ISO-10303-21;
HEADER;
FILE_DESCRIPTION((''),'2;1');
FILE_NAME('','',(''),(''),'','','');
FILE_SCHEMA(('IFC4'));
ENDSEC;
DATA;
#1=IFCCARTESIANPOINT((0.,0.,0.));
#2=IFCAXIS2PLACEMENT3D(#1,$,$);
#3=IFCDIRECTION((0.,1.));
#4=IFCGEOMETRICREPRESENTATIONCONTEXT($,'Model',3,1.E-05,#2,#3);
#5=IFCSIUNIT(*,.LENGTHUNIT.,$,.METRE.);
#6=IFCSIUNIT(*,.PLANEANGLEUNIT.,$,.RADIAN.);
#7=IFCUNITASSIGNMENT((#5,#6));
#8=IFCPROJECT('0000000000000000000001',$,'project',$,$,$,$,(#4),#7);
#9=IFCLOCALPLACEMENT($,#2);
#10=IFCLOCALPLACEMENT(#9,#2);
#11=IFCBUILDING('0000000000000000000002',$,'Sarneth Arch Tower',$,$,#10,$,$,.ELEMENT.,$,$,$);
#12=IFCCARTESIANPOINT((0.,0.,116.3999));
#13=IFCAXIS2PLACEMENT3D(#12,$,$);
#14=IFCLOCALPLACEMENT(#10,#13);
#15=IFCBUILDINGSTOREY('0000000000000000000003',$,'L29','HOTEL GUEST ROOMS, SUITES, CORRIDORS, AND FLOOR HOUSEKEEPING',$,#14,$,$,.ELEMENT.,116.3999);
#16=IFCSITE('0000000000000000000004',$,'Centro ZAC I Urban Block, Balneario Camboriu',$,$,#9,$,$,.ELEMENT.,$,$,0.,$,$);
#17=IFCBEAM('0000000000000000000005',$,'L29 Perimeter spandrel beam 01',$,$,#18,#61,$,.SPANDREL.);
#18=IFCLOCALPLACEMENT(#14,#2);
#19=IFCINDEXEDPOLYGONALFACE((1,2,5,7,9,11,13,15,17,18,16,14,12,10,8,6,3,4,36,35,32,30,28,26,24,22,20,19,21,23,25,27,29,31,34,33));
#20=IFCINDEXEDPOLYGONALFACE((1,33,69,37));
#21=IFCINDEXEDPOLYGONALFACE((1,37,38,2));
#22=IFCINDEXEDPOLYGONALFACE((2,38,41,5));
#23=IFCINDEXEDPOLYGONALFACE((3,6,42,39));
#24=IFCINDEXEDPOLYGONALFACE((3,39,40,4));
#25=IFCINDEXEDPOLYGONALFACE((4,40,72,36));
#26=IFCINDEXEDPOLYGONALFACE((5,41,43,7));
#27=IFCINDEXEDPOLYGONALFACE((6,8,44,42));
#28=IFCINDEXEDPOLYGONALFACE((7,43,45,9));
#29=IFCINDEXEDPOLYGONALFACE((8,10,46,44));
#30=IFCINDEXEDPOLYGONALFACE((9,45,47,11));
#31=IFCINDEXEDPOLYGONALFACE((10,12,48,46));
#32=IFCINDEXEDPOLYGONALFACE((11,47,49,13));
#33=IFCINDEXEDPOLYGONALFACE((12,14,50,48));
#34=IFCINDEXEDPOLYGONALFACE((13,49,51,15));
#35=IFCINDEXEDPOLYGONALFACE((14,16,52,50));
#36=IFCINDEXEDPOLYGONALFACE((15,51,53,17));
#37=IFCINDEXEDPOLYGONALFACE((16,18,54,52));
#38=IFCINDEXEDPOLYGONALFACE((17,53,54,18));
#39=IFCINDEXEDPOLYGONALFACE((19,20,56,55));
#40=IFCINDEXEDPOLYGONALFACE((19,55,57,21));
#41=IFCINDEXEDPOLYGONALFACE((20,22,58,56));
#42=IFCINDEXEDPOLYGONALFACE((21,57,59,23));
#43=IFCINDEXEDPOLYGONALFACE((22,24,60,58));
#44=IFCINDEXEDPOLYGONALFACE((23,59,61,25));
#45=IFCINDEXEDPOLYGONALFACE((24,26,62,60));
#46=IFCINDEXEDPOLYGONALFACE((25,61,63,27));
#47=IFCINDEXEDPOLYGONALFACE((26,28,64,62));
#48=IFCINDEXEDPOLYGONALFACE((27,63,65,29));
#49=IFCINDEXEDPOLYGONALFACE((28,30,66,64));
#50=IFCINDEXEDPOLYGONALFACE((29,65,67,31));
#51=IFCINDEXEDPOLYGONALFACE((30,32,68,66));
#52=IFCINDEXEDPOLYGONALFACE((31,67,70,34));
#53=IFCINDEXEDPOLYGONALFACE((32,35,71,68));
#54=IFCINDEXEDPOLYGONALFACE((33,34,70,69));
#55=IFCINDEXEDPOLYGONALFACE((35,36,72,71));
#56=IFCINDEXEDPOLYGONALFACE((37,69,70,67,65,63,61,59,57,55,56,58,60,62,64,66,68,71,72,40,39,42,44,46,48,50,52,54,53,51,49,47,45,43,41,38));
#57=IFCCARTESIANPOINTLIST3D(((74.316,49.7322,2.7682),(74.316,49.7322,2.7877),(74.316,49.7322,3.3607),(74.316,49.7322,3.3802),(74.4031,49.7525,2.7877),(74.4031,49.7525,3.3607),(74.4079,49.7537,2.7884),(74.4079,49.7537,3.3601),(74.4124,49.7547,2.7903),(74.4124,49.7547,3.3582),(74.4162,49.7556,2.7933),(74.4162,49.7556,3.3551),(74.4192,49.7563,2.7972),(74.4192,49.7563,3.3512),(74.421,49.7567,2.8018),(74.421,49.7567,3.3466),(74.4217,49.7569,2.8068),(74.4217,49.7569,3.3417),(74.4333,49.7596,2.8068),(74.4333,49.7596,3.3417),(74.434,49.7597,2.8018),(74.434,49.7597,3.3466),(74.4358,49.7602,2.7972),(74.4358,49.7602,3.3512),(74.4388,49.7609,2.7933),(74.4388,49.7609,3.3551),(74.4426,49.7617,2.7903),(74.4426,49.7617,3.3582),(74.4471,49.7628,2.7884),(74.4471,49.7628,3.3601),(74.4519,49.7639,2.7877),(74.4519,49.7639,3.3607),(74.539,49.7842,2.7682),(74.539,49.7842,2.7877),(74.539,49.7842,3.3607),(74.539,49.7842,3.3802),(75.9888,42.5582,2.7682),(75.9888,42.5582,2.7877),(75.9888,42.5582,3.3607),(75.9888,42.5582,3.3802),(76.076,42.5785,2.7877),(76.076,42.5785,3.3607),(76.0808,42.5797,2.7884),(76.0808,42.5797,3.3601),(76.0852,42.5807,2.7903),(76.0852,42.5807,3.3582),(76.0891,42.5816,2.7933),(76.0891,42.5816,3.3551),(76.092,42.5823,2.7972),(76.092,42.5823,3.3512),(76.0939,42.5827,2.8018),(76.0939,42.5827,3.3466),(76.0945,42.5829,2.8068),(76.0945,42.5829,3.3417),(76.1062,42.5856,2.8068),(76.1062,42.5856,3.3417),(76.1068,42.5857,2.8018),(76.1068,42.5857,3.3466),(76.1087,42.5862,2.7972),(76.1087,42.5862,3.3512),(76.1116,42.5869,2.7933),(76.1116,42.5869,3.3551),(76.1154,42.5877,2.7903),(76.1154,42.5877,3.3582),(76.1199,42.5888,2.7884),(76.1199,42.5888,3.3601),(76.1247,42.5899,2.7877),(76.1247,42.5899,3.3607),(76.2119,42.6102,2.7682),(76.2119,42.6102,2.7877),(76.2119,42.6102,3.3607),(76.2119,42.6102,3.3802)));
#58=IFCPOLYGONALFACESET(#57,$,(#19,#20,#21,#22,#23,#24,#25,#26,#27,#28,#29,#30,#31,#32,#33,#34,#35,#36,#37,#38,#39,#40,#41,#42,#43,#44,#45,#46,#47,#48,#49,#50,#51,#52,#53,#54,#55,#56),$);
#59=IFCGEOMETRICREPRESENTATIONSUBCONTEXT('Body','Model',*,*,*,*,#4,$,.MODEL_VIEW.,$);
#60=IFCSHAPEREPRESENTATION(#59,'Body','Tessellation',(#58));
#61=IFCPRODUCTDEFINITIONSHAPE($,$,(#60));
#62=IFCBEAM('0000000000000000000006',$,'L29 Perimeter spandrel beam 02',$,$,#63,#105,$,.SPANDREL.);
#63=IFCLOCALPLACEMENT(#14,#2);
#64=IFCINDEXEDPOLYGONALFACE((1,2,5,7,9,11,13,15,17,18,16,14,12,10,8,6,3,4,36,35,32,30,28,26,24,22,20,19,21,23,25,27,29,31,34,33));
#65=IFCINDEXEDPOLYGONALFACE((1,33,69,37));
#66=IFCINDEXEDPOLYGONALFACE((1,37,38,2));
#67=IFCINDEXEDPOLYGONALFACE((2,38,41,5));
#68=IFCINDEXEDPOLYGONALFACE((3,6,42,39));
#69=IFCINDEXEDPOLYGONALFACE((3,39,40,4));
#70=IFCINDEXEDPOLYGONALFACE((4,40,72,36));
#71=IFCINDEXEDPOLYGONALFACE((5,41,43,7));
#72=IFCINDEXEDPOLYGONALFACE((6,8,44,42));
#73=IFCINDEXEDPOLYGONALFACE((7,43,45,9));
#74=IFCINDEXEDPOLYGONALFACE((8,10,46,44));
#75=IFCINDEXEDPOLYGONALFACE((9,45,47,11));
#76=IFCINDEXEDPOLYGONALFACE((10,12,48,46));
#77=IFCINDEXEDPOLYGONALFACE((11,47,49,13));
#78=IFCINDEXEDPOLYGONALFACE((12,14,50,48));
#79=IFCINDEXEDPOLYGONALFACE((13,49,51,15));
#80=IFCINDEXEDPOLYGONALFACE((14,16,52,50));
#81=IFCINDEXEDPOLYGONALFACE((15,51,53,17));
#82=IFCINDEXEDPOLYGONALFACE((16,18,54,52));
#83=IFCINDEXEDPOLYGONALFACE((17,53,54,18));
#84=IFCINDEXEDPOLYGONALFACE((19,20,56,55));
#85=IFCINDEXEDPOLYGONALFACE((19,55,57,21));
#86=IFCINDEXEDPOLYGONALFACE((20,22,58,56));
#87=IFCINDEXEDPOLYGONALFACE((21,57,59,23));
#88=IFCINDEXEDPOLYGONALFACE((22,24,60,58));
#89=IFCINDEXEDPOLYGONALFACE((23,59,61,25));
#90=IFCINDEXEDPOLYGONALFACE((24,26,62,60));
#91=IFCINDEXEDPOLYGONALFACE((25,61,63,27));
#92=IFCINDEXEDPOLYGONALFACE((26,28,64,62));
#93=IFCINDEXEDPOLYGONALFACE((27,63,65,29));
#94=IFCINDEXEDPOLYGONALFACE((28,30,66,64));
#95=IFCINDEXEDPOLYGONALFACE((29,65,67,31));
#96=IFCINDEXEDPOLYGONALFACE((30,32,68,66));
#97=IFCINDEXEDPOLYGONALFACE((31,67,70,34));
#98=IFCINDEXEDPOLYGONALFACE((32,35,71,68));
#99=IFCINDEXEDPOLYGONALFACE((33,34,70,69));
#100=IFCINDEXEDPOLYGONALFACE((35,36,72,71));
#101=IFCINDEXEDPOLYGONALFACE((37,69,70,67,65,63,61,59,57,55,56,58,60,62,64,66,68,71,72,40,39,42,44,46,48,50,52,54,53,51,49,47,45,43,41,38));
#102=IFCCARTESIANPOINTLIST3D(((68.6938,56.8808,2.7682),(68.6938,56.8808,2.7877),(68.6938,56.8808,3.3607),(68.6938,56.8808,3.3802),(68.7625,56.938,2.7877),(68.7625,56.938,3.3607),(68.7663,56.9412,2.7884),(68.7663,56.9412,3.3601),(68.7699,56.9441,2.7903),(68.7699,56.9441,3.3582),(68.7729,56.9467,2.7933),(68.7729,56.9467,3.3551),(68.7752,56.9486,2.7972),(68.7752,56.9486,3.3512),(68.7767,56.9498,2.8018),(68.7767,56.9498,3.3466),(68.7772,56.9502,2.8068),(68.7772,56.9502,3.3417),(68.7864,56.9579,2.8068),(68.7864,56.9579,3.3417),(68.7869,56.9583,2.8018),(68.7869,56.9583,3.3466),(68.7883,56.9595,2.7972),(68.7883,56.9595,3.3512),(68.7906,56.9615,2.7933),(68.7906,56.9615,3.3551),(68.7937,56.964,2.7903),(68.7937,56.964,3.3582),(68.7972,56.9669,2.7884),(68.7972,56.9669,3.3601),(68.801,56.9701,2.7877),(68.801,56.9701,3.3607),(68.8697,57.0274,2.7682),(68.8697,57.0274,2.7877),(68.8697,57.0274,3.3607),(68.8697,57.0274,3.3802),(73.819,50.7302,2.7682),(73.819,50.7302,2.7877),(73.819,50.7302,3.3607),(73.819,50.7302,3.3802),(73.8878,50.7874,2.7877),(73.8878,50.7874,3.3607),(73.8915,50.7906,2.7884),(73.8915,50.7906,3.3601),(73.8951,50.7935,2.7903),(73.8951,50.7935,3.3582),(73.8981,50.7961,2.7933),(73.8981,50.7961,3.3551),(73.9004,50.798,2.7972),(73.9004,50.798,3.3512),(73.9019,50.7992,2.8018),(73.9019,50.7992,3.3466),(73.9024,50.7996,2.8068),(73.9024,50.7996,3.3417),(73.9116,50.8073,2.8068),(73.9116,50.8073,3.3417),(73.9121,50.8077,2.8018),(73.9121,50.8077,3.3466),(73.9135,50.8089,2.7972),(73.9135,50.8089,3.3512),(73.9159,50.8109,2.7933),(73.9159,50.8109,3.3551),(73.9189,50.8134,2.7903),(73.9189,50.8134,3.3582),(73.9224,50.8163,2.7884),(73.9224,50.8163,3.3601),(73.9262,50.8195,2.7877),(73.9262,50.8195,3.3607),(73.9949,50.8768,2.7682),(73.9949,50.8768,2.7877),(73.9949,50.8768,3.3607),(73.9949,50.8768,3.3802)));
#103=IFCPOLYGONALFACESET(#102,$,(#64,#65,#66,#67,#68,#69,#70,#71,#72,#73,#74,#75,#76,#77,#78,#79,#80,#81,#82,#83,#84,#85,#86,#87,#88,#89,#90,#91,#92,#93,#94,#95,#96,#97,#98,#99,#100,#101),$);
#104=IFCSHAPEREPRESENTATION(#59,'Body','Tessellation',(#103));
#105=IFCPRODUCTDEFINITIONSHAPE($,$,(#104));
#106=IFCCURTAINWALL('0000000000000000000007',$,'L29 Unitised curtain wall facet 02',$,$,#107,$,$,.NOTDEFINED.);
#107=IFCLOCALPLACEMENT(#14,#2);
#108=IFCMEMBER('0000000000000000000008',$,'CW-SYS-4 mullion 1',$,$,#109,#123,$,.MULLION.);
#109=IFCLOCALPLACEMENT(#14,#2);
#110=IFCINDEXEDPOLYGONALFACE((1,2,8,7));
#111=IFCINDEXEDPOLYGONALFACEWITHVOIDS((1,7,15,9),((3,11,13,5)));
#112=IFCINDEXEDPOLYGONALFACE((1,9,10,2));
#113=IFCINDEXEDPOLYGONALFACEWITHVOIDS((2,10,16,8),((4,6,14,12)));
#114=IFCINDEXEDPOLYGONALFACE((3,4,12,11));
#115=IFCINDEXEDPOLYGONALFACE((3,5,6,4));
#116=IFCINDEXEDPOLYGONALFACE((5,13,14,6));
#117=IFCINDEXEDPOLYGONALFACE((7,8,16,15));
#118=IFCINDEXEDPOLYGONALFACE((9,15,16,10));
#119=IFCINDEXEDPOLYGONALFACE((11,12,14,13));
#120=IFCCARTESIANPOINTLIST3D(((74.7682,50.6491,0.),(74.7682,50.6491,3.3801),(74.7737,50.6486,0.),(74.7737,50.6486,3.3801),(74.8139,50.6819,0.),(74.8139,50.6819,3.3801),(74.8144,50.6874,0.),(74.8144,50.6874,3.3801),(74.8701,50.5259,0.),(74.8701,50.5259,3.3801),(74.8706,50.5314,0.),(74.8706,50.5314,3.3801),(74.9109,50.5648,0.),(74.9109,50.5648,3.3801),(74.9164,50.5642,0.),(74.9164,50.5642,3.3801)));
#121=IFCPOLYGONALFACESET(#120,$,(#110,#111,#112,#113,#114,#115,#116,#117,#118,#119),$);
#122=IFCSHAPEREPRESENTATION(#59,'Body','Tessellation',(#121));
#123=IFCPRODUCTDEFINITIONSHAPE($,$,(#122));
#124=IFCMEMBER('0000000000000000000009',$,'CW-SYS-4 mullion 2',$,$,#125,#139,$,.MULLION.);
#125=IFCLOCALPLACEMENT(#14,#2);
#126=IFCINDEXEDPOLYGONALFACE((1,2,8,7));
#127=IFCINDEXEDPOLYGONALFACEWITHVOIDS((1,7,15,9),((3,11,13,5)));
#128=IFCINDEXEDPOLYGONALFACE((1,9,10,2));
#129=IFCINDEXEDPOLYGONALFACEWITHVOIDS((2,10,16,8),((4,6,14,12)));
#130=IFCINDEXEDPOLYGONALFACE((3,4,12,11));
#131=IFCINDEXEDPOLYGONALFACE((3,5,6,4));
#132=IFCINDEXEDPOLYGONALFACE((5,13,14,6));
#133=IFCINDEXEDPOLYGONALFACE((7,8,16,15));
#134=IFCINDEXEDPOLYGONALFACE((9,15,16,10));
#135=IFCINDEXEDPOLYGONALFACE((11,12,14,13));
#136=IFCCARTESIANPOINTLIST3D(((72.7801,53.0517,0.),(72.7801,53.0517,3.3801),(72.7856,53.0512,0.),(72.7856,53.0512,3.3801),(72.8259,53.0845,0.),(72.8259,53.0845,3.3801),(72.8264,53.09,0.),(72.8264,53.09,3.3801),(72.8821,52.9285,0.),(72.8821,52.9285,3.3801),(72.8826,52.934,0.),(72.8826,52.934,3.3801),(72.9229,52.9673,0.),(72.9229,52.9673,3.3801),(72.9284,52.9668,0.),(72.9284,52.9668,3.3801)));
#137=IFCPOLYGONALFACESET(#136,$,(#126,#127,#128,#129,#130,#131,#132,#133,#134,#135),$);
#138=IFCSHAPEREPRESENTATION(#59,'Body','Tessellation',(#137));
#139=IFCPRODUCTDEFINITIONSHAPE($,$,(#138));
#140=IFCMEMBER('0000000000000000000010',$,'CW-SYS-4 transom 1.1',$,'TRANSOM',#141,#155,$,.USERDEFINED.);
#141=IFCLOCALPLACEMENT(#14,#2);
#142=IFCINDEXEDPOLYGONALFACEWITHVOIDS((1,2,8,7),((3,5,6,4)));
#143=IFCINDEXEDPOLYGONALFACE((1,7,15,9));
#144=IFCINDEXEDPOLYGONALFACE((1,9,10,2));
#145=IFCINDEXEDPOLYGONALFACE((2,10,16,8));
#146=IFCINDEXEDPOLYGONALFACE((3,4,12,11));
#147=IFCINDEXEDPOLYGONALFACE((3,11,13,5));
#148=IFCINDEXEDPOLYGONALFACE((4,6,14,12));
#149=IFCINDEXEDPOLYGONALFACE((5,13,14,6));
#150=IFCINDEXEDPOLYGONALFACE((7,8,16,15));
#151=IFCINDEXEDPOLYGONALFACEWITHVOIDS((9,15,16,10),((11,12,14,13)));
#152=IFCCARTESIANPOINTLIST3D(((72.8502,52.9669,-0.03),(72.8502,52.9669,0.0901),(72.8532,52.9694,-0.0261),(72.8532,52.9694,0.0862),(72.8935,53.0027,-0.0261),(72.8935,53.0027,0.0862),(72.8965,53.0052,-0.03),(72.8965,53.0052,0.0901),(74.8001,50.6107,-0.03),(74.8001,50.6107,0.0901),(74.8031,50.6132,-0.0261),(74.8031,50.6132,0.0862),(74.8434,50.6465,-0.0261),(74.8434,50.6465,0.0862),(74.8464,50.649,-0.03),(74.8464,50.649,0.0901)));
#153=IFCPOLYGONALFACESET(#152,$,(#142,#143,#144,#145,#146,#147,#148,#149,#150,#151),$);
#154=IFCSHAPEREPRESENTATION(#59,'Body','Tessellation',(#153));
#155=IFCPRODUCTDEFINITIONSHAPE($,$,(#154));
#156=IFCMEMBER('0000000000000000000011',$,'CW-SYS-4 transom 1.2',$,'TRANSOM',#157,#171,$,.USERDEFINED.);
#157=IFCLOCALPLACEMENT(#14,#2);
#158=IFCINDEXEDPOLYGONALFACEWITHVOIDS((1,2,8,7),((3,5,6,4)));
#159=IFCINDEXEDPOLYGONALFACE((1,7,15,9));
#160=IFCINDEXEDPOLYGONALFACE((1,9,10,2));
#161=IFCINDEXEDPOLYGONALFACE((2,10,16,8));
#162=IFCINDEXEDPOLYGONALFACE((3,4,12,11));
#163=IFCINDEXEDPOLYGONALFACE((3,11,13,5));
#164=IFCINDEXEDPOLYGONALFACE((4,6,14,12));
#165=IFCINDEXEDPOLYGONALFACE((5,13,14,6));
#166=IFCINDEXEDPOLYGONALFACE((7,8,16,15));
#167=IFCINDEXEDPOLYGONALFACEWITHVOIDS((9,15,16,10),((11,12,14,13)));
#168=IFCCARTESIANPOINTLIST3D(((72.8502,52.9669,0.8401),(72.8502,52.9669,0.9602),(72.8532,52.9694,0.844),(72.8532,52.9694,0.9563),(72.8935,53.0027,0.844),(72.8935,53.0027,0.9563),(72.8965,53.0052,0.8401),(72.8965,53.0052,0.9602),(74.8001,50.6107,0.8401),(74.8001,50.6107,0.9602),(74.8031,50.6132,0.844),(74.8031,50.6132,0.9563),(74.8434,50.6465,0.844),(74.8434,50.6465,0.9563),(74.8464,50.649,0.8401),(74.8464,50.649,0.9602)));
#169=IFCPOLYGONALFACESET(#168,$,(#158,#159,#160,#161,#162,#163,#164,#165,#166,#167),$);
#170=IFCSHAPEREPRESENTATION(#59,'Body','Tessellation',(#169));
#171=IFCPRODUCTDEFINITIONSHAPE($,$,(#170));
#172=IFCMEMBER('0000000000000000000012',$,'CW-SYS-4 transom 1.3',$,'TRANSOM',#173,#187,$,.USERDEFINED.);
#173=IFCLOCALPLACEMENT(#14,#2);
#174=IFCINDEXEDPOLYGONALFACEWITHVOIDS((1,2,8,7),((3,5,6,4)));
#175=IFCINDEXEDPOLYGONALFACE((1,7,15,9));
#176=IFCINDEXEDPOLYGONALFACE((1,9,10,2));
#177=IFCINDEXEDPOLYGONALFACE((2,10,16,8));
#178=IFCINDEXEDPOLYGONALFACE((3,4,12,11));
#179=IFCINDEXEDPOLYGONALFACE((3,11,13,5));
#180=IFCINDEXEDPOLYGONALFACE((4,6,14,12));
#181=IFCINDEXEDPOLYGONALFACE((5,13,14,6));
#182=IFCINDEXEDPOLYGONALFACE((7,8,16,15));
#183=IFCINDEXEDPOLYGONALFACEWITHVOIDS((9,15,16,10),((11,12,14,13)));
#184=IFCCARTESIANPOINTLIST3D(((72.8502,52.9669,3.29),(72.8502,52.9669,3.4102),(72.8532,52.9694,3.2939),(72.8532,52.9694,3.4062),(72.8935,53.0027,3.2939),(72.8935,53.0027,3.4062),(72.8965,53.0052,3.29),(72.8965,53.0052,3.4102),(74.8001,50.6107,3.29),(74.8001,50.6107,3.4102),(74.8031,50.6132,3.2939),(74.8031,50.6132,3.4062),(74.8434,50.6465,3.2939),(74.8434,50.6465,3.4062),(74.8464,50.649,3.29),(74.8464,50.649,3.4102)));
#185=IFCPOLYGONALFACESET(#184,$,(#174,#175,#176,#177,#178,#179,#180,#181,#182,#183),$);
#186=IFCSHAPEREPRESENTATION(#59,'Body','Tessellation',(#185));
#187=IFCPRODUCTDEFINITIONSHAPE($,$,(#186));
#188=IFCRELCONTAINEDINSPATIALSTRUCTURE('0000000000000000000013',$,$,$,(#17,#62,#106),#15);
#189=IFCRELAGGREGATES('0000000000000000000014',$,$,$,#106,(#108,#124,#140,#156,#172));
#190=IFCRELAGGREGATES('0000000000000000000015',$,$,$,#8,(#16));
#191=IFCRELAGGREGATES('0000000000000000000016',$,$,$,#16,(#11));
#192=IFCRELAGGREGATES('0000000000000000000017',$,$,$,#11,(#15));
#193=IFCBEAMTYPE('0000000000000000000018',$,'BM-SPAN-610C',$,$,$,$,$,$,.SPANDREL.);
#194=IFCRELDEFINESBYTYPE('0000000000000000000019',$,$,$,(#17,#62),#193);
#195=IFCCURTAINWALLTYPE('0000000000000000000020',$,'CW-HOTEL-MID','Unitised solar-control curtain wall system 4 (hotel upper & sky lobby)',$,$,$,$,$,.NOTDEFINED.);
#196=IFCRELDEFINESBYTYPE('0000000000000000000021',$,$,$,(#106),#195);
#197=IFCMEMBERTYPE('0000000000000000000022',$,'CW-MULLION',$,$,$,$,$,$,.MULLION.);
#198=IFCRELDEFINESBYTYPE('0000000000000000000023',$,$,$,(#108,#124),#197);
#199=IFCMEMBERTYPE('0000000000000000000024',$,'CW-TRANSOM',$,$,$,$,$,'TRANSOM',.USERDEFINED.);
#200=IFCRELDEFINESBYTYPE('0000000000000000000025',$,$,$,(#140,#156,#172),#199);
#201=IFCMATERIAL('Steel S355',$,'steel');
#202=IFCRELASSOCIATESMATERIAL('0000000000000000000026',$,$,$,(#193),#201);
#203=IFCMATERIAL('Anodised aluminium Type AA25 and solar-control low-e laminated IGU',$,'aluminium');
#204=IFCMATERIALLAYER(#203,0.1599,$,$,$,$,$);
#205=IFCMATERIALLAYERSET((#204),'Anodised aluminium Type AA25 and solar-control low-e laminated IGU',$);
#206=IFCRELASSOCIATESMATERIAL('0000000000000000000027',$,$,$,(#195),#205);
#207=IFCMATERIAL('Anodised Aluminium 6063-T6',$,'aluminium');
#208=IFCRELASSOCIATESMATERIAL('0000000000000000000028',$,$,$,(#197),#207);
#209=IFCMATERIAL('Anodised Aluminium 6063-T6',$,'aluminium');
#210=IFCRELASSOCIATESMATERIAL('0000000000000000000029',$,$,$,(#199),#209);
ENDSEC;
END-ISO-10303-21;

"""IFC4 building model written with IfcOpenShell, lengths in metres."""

from ifc_helpers import new_model, si_unit, direction, frame, origin, origin_2d, place, context, subcontext, project, spatial, hollow_rectangle, i_section, extrude, material, layer, layer_set, material_profile, profile_set, type_object, element, aggregate, save


model = new_model("IFC4")

# Units and contexts
model_context = context("Model", 3, precision=1e-05, world=origin(), true_north=direction((0.0, 1.0)))
body_context = subcontext(model_context, "Body", "Model", "MODEL_VIEW")
ifc_project = project(units=[si_unit("LENGTHUNIT", "METRE"), si_unit("PLANEANGLEUNIT", "RADIAN")], contexts=[model_context])

# Site, building, storey
site_placement = place(None, origin())
site = spatial("IfcSite", under=ifc_project, at=site_placement, Name="Centro ZAC I Urban Block, Balneario Camboriu", CompositionType="ELEMENT", RefElevation=0.0)
building_placement = place(site_placement, origin())
building = spatial("IfcBuilding", under=site, at=building_placement, Name="Sarneth Arch Tower", CompositionType="ELEMENT")
storey_placement = place(building_placement, frame((0.0, 0.0, 116.3999)))
storey = spatial("IfcBuildingStorey", under=building, at=storey_placement, Name="L29", Description="HOTEL GUEST ROOMS, SUITES, CORRIDORS, AND FLOOR HOUSEKEEPING", CompositionType="ELEMENT", Elevation=116.3999)

# Beams
ifc_material_1 = material(Name="Steel S355", Category="steel")
ifc_material_profile_1 = material_profile(ifc_material_1, i_section(OverallWidth=0.229, OverallDepth=0.6121, WebThickness=0.012, FlangeThickness=0.0195, FilletRadius=0.019, at=origin_2d()), Name="W610x125")
ifc_profile_set_1 = profile_set([ifc_material_profile_1], Name="Steel S355")
beam_type = type_object("IfcBeamType", Name="BM-SPAN-610C", PredefinedType="SPANDREL", material=ifc_profile_set_1)
beam_1_placement = place(storey_placement, frame((76.1003, 42.5842, 3.0742), z_axis=(-0.227088, 0.973874, 0.0), x_axis=(-0.973874, -0.227088, 0.0)))
element("IfcBeam", 1, at=beam_1_placement, inside=storey, type_object=beam_type, Name="L29 Perimeter spandrel beam 01", PredefinedType="SPANDREL", context=body_context, shape_type="SweptSolid", body=[
    extrude(i_section(OverallWidth=0.229, OverallDepth=0.6121, WebThickness=0.012, FlangeThickness=0.0195, FilletRadius=0.019, at=origin_2d()), origin(), (0.0, 0.0, 1.0), 7.3665),
])
beam_2_placement = place(storey_placement, frame((73.907, 50.8035, 3.0742), z_axis=(-0.640163, 0.768239, 0.0), x_axis=(-0.768239, -0.640163, 0.0)))
element("IfcBeam", 2, at=beam_2_placement, inside=storey, type_object=beam_type, Name="L29 Perimeter spandrel beam 02", PredefinedType="SPANDREL", context=body_context, shape_type="SweptSolid", body=[
    extrude(i_section(OverallWidth=0.229, OverallDepth=0.6121, WebThickness=0.012, FlangeThickness=0.0195, FilletRadius=0.019, at=origin_2d()), origin(), (0.0, 0.0, 1.0), 8.0061),
])

# Curtain wall, members
ifc_material_2 = material(Name="Anodised aluminium Type AA25 and solar-control low-e laminated IGU", Category="aluminium")
ifc_layer_1 = layer(ifc_material_2, 0.1599)
ifc_layer_set_1 = layer_set([ifc_layer_1], Name="Anodised aluminium Type AA25 and solar-control low-e laminated IGU")
curtain_wall_type = type_object("IfcCurtainWallType", Name="CW-HOTEL-MID", Description="Unitised solar-control curtain wall system 4 (hotel upper & sky lobby)", PredefinedType="NOTDEFINED", material=ifc_layer_set_1)
curtain_wall_placement = place(storey_placement, origin())
curtain_wall = element("IfcCurtainWall", 3, at=curtain_wall_placement, inside=storey, type_object=curtain_wall_type, Name="L29 Unitised curtain wall facet 02", PredefinedType="NOTDEFINED")
ifc_material_3 = material(Name="Anodised Aluminium 6063-T6", Category="aluminium")
ifc_material_profile_2 = material_profile(ifc_material_3, hollow_rectangle(XDim=0.0601, YDim=0.1599, WallThickness=0.0039, at=origin_2d()), Name="AL-MULL-160x60x4")
ifc_profile_set_2 = profile_set([ifc_material_profile_2], Name="Anodised Aluminium 6063-T6")
member_type_1 = type_object("IfcMemberType", Name="CW-MULLION", PredefinedType="MULLION", material=ifc_profile_set_2)
member_1_placement = place(storey_placement, frame((74.8423, 50.6067, 0.0), z_axis=(0.0, 0.0, 1.0), x_axis=(-0.770438, -0.637515, 0.0)))
member_1 = element("IfcMember", 4, at=member_1_placement, type_object=member_type_1, Name="CW-SYS-4 mullion 1", PredefinedType="MULLION", context=body_context, shape_type="SweptSolid", body=[
    extrude(hollow_rectangle(XDim=0.0601, YDim=0.1599, WallThickness=0.0039, at=origin_2d()), origin(), (0.0, 0.0, 1.0), 3.3801),
])
member_2_placement = place(storey_placement, frame((72.8542, 53.0093, 0.0), z_axis=(0.0, 0.0, 1.0), x_axis=(-0.770438, -0.637515, 0.0)))
member_2 = element("IfcMember", 5, at=member_2_placement, type_object=member_type_1, Name="CW-SYS-4 mullion 2", PredefinedType="MULLION", context=body_context, shape_type="SweptSolid", body=[
    extrude(hollow_rectangle(XDim=0.0601, YDim=0.1599, WallThickness=0.0039, at=origin_2d()), origin(), (0.0, 0.0, 1.0), 3.3801),
])
ifc_material_4 = material(Name="Anodised Aluminium 6063-T6", Category="aluminium")
ifc_material_profile_3 = material_profile(ifc_material_4, hollow_rectangle(XDim=0.0601, YDim=0.1201, WallThickness=0.0039, at=origin_2d()), Name="AL-TRAN-120x60x4")
ifc_profile_set_3 = profile_set([ifc_material_profile_3], Name="Anodised Aluminium 6063-T6")
member_type_2 = type_object("IfcMemberType", Name="CW-TRANSOM", ElementType="TRANSOM", PredefinedType="USERDEFINED", material=ifc_profile_set_3)
member_3_placement = place(storey_placement, frame((74.8232, 50.6299, 0.03), z_axis=(-0.637566, 0.770396, 0.0), x_axis=(-0.770396, -0.637566, 0.0)))
member_3 = element("IfcMember", 6, at=member_3_placement, type_object=member_type_2, Name="CW-SYS-4 transom 1.1", ObjectType="TRANSOM", PredefinedType="USERDEFINED", context=body_context, shape_type="SweptSolid", body=[
    extrude(hollow_rectangle(XDim=0.0601, YDim=0.1201, WallThickness=0.0039, at=origin_2d()), origin(), (0.0, 0.0, 1.0), 3.0583),
])
member_4_placement = place(storey_placement, frame((74.8232, 50.6299, 0.9001), z_axis=(-0.637566, 0.770396, 0.0), x_axis=(-0.770396, -0.637566, 0.0)))
member_4 = element("IfcMember", 7, at=member_4_placement, type_object=member_type_2, Name="CW-SYS-4 transom 1.2", ObjectType="TRANSOM", PredefinedType="USERDEFINED", context=body_context, shape_type="SweptSolid", body=[
    extrude(hollow_rectangle(XDim=0.0601, YDim=0.1201, WallThickness=0.0039, at=origin_2d()), origin(), (0.0, 0.0, 1.0), 3.0583),
])
member_5_placement = place(storey_placement, frame((74.8232, 50.6299, 3.3501), z_axis=(-0.637566, 0.770396, 0.0), x_axis=(-0.770396, -0.637566, 0.0)))
member_5 = element("IfcMember", 8, at=member_5_placement, type_object=member_type_2, Name="CW-SYS-4 transom 1.3", ObjectType="TRANSOM", PredefinedType="USERDEFINED", context=body_context, shape_type="SweptSolid", body=[
    extrude(hollow_rectangle(XDim=0.0601, YDim=0.1201, WallThickness=0.0039, at=origin_2d()), origin(), (0.0, 0.0, 1.0), 3.0583),
])

aggregate(curtain_wall, [member_1, member_2, member_3, member_4, member_5])

save(model, "model.ifc")
